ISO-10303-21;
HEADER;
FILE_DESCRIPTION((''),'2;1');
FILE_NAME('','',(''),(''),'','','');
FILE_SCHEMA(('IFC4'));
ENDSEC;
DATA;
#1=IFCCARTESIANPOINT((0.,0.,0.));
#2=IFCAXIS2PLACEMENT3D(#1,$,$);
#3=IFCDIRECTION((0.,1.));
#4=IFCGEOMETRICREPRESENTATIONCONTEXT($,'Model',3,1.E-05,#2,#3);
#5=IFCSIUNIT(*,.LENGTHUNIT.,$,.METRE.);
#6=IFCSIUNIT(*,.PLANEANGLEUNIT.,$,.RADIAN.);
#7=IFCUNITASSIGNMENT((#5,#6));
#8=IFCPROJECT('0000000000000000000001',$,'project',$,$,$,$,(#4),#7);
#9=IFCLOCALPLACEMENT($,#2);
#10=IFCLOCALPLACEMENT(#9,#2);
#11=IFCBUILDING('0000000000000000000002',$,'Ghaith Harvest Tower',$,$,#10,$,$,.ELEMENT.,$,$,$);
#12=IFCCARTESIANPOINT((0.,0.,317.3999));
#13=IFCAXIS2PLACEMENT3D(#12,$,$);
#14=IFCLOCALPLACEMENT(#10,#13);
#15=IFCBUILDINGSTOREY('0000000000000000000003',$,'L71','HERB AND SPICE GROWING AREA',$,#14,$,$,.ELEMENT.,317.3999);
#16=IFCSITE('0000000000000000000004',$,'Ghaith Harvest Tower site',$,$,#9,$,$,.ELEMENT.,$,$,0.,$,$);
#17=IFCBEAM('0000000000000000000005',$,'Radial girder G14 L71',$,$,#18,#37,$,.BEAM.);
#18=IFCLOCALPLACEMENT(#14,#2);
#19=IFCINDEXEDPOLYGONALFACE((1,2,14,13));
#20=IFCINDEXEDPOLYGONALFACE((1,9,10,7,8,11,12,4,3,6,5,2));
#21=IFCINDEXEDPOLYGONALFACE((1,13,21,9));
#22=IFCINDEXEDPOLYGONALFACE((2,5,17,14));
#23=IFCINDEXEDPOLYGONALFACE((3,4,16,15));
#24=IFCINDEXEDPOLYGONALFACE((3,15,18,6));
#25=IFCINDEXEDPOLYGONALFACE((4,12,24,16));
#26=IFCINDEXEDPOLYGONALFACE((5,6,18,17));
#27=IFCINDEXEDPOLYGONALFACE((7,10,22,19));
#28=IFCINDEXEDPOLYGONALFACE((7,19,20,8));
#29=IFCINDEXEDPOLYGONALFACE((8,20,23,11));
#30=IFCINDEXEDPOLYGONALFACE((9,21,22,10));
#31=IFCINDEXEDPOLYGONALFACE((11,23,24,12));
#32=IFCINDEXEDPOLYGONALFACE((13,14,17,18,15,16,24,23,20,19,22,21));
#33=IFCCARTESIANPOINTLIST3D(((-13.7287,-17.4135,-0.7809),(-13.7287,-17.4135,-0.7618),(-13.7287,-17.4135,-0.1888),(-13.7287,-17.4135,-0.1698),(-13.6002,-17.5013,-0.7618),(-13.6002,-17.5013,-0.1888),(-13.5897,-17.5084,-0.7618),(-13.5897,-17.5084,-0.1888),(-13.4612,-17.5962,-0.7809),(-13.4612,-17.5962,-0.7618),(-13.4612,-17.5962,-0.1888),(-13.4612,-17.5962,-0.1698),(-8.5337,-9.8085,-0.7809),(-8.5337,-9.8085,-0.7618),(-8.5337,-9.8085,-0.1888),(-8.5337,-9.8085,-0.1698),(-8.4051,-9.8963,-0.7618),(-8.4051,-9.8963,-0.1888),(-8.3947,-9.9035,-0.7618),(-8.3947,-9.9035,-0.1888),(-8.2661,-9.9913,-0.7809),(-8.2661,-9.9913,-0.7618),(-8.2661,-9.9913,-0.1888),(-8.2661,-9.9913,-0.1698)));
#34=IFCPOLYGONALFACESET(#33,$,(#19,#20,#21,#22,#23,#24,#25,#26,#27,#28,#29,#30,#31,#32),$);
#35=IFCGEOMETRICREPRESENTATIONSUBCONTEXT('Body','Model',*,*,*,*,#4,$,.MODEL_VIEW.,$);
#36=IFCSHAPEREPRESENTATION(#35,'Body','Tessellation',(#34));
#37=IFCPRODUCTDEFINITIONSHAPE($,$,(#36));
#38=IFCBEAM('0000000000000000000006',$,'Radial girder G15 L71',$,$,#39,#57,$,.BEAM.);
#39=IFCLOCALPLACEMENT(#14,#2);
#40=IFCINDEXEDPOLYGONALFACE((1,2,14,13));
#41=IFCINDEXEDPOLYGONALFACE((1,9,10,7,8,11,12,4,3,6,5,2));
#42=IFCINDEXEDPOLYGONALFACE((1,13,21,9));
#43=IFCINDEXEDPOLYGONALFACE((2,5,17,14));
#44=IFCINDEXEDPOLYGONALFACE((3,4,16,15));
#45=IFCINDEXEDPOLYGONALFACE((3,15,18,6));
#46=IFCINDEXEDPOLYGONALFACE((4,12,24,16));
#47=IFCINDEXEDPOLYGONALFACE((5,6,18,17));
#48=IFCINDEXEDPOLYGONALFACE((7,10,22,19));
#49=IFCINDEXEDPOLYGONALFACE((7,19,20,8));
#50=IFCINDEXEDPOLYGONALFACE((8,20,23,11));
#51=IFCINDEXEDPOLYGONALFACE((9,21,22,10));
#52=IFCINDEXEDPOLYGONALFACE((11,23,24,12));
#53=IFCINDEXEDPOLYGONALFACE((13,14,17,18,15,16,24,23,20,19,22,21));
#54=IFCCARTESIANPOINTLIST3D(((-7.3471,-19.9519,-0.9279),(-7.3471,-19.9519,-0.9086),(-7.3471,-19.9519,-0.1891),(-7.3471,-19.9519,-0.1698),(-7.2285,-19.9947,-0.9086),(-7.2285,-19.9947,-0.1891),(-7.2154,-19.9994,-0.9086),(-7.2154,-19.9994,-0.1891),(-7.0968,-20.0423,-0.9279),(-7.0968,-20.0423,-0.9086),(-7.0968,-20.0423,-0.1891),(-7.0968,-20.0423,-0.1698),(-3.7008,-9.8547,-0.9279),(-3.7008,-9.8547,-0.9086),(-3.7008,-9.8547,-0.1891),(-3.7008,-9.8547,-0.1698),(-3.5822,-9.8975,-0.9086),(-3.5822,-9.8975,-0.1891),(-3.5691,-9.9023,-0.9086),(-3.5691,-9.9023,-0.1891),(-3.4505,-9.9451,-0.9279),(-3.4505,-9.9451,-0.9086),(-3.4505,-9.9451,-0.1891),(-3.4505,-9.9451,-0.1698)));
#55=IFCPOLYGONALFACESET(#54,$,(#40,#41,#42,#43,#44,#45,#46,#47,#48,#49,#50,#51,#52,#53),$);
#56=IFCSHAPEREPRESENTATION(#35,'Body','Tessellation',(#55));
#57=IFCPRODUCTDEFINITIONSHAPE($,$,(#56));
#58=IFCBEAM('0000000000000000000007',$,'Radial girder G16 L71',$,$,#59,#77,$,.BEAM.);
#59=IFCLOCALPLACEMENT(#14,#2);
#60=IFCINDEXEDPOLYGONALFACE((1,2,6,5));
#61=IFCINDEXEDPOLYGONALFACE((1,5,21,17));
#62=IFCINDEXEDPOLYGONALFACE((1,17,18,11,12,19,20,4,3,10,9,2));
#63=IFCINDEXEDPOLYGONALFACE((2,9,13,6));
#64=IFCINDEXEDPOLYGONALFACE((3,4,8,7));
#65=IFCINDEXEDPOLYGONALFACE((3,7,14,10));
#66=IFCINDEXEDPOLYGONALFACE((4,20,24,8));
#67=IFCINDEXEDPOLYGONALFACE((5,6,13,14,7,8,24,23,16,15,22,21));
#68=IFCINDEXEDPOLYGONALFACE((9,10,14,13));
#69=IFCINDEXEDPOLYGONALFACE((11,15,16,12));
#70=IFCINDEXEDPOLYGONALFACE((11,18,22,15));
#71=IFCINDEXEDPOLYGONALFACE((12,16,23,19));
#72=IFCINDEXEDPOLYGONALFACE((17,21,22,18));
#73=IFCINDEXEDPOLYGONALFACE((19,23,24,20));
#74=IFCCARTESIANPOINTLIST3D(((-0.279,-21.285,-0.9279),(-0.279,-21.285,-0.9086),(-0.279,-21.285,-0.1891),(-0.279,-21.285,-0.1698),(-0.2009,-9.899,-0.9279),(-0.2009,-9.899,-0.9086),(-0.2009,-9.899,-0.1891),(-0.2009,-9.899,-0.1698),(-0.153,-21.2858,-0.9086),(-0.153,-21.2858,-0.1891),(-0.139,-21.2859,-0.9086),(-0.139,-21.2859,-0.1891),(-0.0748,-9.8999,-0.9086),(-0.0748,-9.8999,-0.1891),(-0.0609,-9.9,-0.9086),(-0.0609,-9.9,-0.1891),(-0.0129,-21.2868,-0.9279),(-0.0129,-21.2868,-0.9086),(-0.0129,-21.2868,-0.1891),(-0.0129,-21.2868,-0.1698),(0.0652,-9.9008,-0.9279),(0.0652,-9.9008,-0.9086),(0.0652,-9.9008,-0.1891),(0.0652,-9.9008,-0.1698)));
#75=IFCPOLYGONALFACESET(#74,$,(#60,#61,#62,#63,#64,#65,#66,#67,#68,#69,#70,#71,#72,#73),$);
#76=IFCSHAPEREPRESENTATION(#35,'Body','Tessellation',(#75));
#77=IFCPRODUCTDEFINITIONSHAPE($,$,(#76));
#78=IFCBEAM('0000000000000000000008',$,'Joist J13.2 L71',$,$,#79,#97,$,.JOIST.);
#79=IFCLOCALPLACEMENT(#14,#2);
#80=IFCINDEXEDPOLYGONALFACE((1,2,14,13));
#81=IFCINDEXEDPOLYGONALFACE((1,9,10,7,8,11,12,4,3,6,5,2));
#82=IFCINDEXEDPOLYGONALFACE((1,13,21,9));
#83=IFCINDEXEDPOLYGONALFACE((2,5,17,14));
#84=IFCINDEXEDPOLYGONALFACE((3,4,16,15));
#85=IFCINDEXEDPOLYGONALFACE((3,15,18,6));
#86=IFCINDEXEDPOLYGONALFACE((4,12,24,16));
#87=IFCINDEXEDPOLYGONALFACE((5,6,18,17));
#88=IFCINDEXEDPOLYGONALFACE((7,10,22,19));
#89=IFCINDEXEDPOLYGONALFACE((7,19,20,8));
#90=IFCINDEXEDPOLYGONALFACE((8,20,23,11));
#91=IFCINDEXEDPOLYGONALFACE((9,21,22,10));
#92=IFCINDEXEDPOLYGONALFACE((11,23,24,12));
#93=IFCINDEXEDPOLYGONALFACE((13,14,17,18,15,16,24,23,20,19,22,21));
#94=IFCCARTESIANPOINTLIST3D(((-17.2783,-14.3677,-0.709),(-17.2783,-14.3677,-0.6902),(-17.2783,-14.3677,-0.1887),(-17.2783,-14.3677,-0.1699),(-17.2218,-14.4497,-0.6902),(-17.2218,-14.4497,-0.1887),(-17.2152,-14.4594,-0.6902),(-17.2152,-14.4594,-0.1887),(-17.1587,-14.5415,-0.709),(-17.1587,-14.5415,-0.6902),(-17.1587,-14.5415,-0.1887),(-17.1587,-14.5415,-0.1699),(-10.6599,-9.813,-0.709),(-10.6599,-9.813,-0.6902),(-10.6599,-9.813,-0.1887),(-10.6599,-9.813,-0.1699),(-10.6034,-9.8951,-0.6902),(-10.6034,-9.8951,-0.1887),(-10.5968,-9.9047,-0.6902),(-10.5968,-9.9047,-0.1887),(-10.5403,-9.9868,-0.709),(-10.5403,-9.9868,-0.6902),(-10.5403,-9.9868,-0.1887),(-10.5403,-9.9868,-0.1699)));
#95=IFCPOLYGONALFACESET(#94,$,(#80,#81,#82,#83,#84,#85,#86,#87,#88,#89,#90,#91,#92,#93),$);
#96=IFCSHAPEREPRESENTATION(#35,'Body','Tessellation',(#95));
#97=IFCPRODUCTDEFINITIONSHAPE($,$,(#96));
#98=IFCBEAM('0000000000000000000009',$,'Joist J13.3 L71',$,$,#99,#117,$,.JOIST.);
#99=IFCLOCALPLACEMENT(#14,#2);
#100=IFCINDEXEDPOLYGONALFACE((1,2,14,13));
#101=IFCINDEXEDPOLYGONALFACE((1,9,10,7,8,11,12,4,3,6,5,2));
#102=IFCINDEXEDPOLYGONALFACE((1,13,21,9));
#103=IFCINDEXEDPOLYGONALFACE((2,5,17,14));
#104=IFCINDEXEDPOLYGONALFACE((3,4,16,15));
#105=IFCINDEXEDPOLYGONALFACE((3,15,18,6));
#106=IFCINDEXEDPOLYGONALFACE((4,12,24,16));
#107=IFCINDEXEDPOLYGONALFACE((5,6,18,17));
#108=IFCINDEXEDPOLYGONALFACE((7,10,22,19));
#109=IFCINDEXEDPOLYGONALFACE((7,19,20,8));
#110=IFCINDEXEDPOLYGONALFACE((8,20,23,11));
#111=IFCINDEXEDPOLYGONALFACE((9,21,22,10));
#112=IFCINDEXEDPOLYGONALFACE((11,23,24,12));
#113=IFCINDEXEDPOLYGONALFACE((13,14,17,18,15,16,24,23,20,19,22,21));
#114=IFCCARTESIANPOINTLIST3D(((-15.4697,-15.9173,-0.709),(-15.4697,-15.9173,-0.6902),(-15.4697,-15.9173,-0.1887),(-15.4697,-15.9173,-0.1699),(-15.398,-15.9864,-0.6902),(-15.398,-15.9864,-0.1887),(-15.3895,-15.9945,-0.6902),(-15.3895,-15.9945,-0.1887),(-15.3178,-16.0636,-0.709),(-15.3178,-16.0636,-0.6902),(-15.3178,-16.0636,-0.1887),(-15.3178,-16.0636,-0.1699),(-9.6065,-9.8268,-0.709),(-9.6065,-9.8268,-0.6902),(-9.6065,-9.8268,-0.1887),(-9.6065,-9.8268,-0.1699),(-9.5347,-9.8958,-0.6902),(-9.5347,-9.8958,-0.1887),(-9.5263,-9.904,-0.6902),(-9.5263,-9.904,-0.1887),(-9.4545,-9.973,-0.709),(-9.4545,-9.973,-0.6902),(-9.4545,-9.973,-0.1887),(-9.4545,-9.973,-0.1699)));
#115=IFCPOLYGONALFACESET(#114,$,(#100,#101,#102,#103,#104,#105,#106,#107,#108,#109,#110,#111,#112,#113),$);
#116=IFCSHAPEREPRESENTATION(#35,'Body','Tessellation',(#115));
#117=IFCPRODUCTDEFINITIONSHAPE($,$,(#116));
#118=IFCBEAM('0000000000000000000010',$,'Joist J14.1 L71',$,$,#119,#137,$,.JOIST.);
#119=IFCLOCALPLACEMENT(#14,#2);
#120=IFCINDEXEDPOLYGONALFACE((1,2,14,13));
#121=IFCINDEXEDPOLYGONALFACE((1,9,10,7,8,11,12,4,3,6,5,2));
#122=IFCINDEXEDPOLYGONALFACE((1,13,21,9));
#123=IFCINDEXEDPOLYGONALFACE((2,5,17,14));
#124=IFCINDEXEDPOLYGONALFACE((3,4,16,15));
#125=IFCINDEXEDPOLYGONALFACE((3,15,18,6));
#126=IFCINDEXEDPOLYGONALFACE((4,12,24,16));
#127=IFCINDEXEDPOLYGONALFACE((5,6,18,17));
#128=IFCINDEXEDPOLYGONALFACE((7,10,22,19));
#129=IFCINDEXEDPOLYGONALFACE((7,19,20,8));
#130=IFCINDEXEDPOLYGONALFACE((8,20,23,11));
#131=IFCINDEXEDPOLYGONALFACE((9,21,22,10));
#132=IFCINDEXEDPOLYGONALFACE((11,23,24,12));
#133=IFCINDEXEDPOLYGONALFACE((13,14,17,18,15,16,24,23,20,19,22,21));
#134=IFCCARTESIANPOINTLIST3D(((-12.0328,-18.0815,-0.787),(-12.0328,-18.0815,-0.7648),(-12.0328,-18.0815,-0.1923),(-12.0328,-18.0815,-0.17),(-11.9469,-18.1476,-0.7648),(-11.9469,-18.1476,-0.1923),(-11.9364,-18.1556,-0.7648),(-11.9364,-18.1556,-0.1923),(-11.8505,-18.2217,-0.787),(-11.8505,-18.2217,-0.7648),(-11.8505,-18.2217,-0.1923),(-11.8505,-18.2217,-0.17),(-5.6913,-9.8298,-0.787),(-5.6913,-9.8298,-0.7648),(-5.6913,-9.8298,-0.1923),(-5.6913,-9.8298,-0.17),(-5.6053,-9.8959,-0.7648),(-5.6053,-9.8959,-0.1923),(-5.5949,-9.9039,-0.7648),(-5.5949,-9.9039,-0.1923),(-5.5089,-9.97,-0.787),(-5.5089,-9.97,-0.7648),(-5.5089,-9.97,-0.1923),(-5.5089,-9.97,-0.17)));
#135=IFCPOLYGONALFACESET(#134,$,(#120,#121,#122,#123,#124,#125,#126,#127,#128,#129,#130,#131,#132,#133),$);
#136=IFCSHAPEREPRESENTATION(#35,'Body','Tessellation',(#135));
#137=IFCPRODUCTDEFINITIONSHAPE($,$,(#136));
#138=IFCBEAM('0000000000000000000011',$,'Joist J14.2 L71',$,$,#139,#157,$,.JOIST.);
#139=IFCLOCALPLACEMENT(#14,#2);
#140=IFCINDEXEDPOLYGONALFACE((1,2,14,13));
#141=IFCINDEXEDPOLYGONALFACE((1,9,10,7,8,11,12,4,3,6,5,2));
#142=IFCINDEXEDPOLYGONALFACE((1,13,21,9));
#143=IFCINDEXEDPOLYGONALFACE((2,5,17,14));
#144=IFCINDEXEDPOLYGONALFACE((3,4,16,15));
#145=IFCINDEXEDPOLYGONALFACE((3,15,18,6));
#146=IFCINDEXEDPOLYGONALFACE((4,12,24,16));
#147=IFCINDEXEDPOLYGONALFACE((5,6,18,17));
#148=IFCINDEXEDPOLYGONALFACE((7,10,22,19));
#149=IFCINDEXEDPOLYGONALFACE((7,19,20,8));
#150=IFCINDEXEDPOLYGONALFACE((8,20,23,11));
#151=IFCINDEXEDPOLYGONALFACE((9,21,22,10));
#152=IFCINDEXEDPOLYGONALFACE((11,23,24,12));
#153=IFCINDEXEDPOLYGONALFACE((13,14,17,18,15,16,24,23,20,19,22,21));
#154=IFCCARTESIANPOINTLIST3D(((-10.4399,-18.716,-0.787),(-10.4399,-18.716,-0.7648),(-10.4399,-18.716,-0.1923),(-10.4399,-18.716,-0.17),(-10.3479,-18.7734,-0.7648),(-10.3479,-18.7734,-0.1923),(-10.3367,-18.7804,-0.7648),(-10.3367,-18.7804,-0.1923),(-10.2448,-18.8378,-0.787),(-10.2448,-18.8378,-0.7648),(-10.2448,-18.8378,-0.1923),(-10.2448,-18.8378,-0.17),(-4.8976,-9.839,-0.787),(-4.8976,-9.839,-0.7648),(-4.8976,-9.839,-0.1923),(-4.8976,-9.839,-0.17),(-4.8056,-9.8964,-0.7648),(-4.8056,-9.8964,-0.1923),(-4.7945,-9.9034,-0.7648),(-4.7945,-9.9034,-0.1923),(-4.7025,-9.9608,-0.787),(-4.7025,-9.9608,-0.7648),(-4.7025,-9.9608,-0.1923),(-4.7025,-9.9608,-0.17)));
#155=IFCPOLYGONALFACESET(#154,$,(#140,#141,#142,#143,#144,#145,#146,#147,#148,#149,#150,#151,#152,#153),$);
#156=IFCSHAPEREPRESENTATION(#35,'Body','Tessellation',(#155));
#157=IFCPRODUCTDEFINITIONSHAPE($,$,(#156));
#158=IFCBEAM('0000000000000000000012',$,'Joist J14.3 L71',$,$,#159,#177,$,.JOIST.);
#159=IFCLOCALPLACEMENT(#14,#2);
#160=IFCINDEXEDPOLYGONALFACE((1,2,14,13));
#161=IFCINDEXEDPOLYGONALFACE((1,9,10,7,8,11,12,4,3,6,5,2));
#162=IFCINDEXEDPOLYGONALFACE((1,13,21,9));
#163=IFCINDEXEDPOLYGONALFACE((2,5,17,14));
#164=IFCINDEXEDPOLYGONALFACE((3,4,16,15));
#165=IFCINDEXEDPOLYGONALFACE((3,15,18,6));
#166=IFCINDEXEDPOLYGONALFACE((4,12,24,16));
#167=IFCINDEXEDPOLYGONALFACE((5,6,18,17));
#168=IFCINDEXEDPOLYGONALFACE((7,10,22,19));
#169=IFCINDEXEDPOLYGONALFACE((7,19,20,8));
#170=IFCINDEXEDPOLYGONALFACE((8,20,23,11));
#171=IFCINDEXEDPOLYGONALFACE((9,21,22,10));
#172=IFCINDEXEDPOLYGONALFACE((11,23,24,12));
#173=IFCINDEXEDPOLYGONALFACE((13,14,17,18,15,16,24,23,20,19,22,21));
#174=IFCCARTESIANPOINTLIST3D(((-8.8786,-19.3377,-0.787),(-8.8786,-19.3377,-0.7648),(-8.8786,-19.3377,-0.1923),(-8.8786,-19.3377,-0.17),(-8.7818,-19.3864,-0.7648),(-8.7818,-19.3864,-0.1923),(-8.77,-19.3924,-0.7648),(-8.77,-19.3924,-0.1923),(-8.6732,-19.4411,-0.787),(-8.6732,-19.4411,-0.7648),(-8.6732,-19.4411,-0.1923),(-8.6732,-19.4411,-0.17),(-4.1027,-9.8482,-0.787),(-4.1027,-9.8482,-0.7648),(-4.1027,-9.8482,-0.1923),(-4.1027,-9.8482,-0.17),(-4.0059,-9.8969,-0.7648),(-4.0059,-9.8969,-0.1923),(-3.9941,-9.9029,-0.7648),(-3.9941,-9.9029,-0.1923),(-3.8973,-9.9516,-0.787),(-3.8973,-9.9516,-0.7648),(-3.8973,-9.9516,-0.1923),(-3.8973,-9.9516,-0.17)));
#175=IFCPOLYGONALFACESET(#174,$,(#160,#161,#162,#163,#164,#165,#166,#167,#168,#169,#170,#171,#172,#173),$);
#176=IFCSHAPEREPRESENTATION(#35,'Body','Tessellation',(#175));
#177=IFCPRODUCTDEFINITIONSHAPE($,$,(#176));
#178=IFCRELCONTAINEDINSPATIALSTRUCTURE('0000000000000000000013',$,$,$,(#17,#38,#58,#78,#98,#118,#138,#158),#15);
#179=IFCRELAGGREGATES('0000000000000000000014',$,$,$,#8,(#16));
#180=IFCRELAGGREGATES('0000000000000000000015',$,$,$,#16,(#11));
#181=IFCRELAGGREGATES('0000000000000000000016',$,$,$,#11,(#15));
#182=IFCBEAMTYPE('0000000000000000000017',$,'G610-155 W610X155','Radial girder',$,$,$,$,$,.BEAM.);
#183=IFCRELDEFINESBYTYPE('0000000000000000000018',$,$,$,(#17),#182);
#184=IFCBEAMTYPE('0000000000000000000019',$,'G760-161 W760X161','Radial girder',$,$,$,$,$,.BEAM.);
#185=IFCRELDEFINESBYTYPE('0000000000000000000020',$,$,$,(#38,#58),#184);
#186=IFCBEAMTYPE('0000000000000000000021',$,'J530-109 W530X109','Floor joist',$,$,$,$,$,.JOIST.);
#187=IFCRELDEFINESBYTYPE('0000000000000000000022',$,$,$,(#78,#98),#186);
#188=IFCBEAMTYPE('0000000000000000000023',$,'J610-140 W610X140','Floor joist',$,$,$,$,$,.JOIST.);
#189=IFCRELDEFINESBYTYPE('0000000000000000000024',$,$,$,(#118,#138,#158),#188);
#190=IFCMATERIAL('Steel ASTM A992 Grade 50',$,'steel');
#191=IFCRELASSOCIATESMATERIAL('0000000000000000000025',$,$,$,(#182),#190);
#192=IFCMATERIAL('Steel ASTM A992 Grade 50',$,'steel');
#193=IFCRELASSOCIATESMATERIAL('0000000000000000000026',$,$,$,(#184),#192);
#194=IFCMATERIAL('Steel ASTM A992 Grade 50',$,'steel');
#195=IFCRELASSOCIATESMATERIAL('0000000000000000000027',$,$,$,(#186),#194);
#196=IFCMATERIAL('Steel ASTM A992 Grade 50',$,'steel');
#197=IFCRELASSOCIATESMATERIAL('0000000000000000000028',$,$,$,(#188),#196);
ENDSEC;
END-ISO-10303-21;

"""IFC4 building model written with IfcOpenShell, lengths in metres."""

from ifc_helpers import new_model, si_unit, direction, frame, origin, origin_2d, place, context, subcontext, project, spatial, i_section, extrude, material, material_profile, profile_set, type_object, element, save


model = new_model("IFC4")

# Units and contexts
model_context = context("Model", 3, precision=1e-05, world=origin(), true_north=direction((0.0, 1.0)))
body_context = subcontext(model_context, "Body", "Model", "MODEL_VIEW")
ifc_project = project(units=[si_unit("LENGTHUNIT", "METRE"), si_unit("PLANEANGLEUNIT", "RADIAN")], contexts=[model_context])

# Site, building, storey
site_placement = place(None, origin())
site = spatial("IfcSite", under=ifc_project, at=site_placement, Name="Ghaith Harvest Tower site", CompositionType="ELEMENT", RefElevation=0.0)
building_placement = place(site_placement, origin())
building = spatial("IfcBuilding", under=site, at=building_placement, Name="Ghaith Harvest Tower", CompositionType="ELEMENT")
storey_placement = place(building_placement, frame((0.0, 0.0, 317.3999)))
storey = spatial("IfcBuildingStorey", under=building, at=storey_placement, Name="L71", Description="HERB AND SPICE GROWING AREA", CompositionType="ELEMENT", Elevation=317.3999)

# Beams
ifc_material_1 = material(Name="Steel ASTM A992 Grade 50", Category="steel")
ifc_material_profile_1 = material_profile(ifc_material_1, i_section(OverallWidth=0.324, OverallDepth=0.6111, WebThickness=0.0127, FlangeThickness=0.019, at=origin_2d()), Name="W610X155")
ifc_profile_set_1 = profile_set([ifc_material_profile_1], Name="Steel ASTM A992 Grade 50")
beam_type_1 = type_object("IfcBeamType", Name="G610-155 W610X155", Description="Radial girder", PredefinedType="BEAM", material=ifc_profile_set_1)
beam_1_placement = place(storey_placement, frame((-8.3999, -9.8999, -0.4753), z_axis=(-0.564067, -0.825729, 0.0), x_axis=(0.825729, -0.564067, 0.0)))
element("IfcBeam", 1, at=beam_1_placement, inside=storey, type_object=beam_type_1, Name="Radial girder G14 L71", PredefinedType="BEAM", context=body_context, shape_type="SweptSolid", body=[
    extrude(i_section(OverallWidth=0.324, OverallDepth=0.6111, WebThickness=0.0127, FlangeThickness=0.019, at=origin_2d()), origin(), (0.0, 0.0, 1.0), 9.21),
])
ifc_material_2 = material(Name="Steel ASTM A992 Grade 50", Category="steel")
ifc_material_profile_2 = material_profile(ifc_material_2, i_section(OverallWidth=0.2661, OverallDepth=0.7581, WebThickness=0.0139, FlangeThickness=0.0193, at=origin_2d()), Name="W760X161")
ifc_profile_set_2 = profile_set([ifc_material_profile_2], Name="Steel ASTM A992 Grade 50")
beam_type_2 = type_object("IfcBeamType", Name="G760-161 W760X161", Description="Radial girder", PredefinedType="BEAM", material=ifc_profile_set_2)
beam_2_placement = place(storey_placement, frame((-3.5757, -9.8999, -0.5488), z_axis=(-0.339648, -0.940553, 0.0), x_axis=(0.940553, -0.339648, 0.0)))
element("IfcBeam", 2, at=beam_2_placement, inside=storey, type_object=beam_type_2, Name="Radial girder G15 L71", PredefinedType="BEAM", context=body_context, shape_type="SweptSolid", body=[
    extrude(i_section(OverallWidth=0.2661, OverallDepth=0.7581, WebThickness=0.0139, FlangeThickness=0.0193, at=origin_2d()), origin(), (0.0, 0.0, 1.0), 10.7354),
])
beam_3_placement = place(storey_placement, frame((-0.0679, -9.8999, -0.5488), z_axis=(-0.006861, -0.999976, 0.0), x_axis=(0.999976, -0.006861, 0.0)))
element("IfcBeam", 3, at=beam_3_placement, inside=storey, type_object=beam_type_2, Name="Radial girder G16 L71", PredefinedType="BEAM", context=body_context, shape_type="SweptSolid", body=[
    extrude(i_section(OverallWidth=0.2661, OverallDepth=0.7581, WebThickness=0.0139, FlangeThickness=0.0193, at=origin_2d()), origin(), (0.0, 0.0, 1.0), 11.3862),
])
ifc_material_3 = material(Name="Steel ASTM A992 Grade 50", Category="steel")
ifc_material_profile_3 = material_profile(ifc_material_3, i_section(OverallWidth=0.2109, OverallDepth=0.5391, WebThickness=0.0117, FlangeThickness=0.0188, at=origin_2d()), Name="W530X109")
ifc_profile_set_3 = profile_set([ifc_material_profile_3], Name="Steel ASTM A992 Grade 50")
beam_type_3 = type_object("IfcBeamType", Name="J530-109 W530X109", Description="Floor joist", PredefinedType="JOIST", material=ifc_profile_set_3)
beam_4_placement = place(storey_placement, frame((-10.6001, -9.8999, -0.4395), z_axis=(-0.823779, -0.566912, 0.0), x_axis=(0.566912, -0.823779, 0.0)))
element("IfcBeam", 4, at=beam_4_placement, inside=storey, type_object=beam_type_3, Name="Joist J13.2 L71", PredefinedType="JOIST", context=body_context, shape_type="SweptSolid", body=[
    extrude(i_section(OverallWidth=0.2109, OverallDepth=0.5391, WebThickness=0.0117, FlangeThickness=0.0188, at=origin_2d()), origin(), (0.0, 0.0, 1.0), 8.0342),
])
beam_5_placement = place(storey_placement, frame((-9.5305, -9.8999, -0.4395), z_axis=(-0.693536, -0.720422, 0.0), x_axis=(0.720422, -0.693536, 0.0)))
element("IfcBeam", 5, at=beam_5_placement, inside=storey, type_object=beam_type_3, Name="Joist J13.3 L71", PredefinedType="JOIST", context=body_context, shape_type="SweptSolid", body=[
    extrude(i_section(OverallWidth=0.2109, OverallDepth=0.5391, WebThickness=0.0117, FlangeThickness=0.0188, at=origin_2d()), origin(), (0.0, 0.0, 1.0), 8.4541),
])
ifc_material_4 = material(Name="Steel ASTM A992 Grade 50", Category="steel")
ifc_material_profile_4 = material_profile(ifc_material_4, i_section(OverallWidth=0.23, OverallDepth=0.6169, WebThickness=0.0132, FlangeThickness=0.0222, at=origin_2d()), Name="W610X140")
ifc_profile_set_4 = profile_set([ifc_material_profile_4], Name="Steel ASTM A992 Grade 50")
beam_type_4 = type_object("IfcBeamType", Name="J610-140 W610X140", Description="Floor joist", PredefinedType="JOIST", material=ifc_profile_set_4)
beam_6_placement = place(storey_placement, frame((-5.6001, -9.8999, -0.4785), z_axis=(-0.609354, -0.792899, 0.0), x_axis=(0.792899, -0.609354, 0.0)))
element("IfcBeam", 6, at=beam_6_placement, inside=storey, type_object=beam_type_4, Name="Joist J14.1 L71", PredefinedType="JOIST", context=body_context, shape_type="SweptSolid", body=[
    extrude(i_section(OverallWidth=0.23, OverallDepth=0.6169, WebThickness=0.0132, FlangeThickness=0.0222, at=origin_2d()), origin(), (0.0, 0.0, 1.0), 10.407),
])
beam_7_placement = place(storey_placement, frame((-4.8, -9.8999, -0.4785), z_axis=(-0.529596, -0.84825, 0.0), x_axis=(0.84825, -0.529596, 0.0)))
element("IfcBeam", 7, at=beam_7_placement, inside=storey, type_object=beam_type_4, Name="Joist J14.2 L71", PredefinedType="JOIST", context=body_context, shape_type="SweptSolid", body=[
    extrude(i_section(OverallWidth=0.23, OverallDepth=0.6169, WebThickness=0.0132, FlangeThickness=0.0222, at=origin_2d()), origin(), (0.0, 0.0, 1.0), 10.4651),
])
beam_8_placement = place(storey_placement, frame((-4.0, -9.8999, -0.4785), z_axis=(-0.449556, -0.893252, 0.0), x_axis=(0.893252, -0.449556, 0.0)))
element("IfcBeam", 8, at=beam_8_placement, inside=storey, type_object=beam_type_4, Name="Joist J14.3 L71", PredefinedType="JOIST", context=body_context, shape_type="SweptSolid", body=[
    extrude(i_section(OverallWidth=0.23, OverallDepth=0.6169, WebThickness=0.0132, FlangeThickness=0.0222, at=origin_2d()), origin(), (0.0, 0.0, 1.0), 10.6235),
])

save(model, "model.ifc")
